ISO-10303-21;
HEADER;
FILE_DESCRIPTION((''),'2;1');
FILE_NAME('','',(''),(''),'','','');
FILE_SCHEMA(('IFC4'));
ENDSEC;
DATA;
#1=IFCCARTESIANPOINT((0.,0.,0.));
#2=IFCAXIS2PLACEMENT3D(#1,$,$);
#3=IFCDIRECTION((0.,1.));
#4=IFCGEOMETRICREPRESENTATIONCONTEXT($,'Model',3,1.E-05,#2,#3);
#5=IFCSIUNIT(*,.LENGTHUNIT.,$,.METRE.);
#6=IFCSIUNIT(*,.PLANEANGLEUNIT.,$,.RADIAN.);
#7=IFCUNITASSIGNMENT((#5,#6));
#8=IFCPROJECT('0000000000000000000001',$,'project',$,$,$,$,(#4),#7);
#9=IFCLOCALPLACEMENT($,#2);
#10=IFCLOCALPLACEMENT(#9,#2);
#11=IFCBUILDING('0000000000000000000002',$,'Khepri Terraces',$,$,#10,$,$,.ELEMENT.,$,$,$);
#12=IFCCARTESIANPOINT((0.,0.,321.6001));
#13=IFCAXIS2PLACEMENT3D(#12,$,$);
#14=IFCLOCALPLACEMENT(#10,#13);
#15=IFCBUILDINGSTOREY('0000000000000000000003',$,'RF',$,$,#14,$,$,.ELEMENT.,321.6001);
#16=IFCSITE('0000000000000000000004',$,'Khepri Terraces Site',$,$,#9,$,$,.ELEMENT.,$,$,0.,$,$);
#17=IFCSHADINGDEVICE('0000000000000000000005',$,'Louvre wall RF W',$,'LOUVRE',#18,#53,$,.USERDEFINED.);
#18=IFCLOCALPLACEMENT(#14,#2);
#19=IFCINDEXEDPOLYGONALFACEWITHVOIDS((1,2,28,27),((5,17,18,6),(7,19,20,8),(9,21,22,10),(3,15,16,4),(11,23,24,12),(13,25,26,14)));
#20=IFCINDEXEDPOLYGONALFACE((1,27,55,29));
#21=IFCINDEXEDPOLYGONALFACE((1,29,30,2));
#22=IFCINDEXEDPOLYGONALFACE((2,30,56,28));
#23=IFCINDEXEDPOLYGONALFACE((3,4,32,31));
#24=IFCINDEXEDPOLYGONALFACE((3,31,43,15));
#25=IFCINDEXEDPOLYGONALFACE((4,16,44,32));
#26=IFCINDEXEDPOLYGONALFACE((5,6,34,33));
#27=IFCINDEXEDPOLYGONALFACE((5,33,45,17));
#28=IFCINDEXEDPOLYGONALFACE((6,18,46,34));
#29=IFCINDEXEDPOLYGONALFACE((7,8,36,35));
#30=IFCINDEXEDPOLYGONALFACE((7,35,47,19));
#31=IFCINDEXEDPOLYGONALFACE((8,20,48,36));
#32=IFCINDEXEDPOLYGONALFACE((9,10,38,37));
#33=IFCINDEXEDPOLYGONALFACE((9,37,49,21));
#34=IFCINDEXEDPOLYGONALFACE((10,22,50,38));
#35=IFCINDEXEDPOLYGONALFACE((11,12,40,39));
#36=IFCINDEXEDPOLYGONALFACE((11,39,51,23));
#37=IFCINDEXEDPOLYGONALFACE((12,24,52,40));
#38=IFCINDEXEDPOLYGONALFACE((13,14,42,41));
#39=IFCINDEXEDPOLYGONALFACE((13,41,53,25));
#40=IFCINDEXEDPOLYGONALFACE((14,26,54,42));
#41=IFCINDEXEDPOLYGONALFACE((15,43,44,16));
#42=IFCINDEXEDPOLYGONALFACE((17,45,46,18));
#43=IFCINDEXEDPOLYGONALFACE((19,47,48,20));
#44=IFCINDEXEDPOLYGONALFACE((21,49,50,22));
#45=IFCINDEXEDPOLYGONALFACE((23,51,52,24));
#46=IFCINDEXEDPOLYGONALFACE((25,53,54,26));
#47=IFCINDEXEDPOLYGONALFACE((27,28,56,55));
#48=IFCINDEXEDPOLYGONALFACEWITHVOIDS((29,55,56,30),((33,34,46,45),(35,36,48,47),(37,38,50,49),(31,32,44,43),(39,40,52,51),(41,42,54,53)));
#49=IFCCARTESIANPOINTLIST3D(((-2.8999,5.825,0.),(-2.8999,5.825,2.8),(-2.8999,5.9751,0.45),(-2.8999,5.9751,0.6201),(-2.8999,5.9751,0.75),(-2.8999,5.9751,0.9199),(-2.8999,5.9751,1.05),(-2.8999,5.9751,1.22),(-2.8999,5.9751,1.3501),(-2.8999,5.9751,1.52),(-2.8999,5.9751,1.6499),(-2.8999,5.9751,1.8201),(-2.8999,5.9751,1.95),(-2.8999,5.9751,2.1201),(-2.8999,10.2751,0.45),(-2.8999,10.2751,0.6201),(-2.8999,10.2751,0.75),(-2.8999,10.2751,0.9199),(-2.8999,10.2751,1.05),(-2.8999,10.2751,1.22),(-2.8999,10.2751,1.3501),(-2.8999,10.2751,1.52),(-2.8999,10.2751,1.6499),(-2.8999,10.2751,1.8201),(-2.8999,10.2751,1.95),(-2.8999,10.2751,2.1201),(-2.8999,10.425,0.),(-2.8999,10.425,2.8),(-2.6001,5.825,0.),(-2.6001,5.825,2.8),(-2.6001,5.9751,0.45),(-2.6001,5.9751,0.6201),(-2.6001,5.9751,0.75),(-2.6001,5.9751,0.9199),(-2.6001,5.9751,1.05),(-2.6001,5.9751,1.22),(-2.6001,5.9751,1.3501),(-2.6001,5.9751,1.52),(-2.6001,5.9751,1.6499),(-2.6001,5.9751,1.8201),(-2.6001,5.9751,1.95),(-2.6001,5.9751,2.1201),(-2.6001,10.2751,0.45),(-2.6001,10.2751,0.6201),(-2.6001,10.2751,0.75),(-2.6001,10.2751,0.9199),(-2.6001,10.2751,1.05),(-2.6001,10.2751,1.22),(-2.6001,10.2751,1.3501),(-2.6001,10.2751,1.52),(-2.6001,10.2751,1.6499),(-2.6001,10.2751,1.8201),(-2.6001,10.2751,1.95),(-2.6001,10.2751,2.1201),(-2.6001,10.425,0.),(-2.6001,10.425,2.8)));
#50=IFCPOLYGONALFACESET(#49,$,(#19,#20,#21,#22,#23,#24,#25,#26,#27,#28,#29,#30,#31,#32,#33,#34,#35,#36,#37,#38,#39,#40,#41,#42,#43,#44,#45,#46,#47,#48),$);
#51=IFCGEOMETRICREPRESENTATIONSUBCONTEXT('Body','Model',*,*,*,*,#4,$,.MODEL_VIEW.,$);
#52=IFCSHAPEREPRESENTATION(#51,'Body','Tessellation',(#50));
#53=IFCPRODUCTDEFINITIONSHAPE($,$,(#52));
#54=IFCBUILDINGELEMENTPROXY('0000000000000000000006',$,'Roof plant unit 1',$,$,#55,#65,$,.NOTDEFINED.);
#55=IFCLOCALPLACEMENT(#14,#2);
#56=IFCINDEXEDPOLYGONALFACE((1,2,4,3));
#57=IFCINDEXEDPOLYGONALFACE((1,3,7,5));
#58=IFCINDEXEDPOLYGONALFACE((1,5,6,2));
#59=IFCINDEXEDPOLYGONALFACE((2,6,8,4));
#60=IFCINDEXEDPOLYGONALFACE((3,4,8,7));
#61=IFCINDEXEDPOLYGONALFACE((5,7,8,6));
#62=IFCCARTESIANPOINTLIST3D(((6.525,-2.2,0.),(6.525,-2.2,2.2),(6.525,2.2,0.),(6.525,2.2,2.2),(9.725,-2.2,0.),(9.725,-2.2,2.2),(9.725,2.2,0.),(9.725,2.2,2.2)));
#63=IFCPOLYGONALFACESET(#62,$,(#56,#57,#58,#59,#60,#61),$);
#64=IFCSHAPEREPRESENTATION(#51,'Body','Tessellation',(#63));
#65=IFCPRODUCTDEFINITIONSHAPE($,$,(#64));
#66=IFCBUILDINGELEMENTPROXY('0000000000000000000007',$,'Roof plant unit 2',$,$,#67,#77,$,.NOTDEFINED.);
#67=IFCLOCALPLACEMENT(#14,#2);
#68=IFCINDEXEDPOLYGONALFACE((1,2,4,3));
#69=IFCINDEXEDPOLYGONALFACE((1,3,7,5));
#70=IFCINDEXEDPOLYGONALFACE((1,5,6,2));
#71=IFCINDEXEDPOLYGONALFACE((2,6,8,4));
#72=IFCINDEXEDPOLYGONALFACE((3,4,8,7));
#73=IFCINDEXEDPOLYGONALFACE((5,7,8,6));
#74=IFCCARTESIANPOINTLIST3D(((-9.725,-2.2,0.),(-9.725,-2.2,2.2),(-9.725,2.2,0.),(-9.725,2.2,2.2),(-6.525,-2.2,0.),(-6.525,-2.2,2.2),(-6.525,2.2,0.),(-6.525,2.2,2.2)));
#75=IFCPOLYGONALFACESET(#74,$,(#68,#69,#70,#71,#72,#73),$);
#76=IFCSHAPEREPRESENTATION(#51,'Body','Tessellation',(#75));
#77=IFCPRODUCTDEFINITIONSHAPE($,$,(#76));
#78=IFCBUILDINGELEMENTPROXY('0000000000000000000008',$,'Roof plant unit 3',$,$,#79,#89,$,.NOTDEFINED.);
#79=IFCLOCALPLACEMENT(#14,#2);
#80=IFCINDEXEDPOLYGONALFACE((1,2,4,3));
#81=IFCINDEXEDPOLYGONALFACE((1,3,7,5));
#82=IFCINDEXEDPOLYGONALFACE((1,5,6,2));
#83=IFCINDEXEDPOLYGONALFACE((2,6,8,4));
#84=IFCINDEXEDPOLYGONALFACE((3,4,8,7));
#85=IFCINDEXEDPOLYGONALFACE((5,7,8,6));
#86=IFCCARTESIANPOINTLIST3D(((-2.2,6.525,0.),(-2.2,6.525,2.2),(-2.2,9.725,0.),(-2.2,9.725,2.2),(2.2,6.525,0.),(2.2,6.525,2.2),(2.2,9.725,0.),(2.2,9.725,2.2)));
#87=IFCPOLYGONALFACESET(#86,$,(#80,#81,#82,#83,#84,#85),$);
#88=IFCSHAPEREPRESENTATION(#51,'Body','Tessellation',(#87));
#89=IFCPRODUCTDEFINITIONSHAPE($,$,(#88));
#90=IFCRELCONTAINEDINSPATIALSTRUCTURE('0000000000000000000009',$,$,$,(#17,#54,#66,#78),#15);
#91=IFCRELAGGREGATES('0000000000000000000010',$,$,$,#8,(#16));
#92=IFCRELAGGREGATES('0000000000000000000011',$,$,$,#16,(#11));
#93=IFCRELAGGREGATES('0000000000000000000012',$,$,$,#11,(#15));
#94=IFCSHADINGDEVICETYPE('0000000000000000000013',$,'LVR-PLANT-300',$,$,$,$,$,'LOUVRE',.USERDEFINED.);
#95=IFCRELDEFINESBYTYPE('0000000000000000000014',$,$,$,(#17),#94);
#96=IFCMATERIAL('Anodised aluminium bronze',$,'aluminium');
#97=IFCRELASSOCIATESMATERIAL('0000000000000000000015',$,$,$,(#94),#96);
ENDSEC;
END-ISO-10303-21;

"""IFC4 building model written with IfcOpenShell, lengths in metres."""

from ifc_helpers import new_model, si_unit, direction, frame, origin, origin_2d, place, context, subcontext, project, spatial, polyline, rectangle, outline, extrude, material, type_object, element, save


model = new_model("IFC4")

# Units and contexts
model_context = context("Model", 3, precision=1e-05, world=origin(), true_north=direction((0.0, 1.0)))
body_context = subcontext(model_context, "Body", "Model", "MODEL_VIEW")
ifc_project = project(units=[si_unit("LENGTHUNIT", "METRE"), si_unit("PLANEANGLEUNIT", "RADIAN")], contexts=[model_context])

# Site, building, storey
site_placement = place(None, origin())
site = spatial("IfcSite", under=ifc_project, at=site_placement, Name="Khepri Terraces Site", CompositionType="ELEMENT", RefElevation=0.0)
building_placement = place(site_placement, origin())
building = spatial("IfcBuilding", under=site, at=building_placement, Name="Khepri Terraces", CompositionType="ELEMENT")
storey_placement = place(building_placement, frame((0.0, 0.0, 321.6001)))
storey = spatial("IfcBuildingStorey", under=building, at=storey_placement, Name="RF", CompositionType="ELEMENT", Elevation=321.6001)

# Shading device
ifc_material_1 = material(Name="Anodised aluminium bronze", Category="aluminium")
shading_device_type = type_object("IfcShadingDeviceType", Name="LVR-PLANT-300", ElementType="LOUVRE", PredefinedType="USERDEFINED", material=ifc_material_1)
shading_device_1_placement = place(storey_placement, frame((-2.6001, 10.425, 0.0), z_axis=(-1.0, 0.0, 0.0), x_axis=(0.0, -1.0, 0.0)))
element("IfcShadingDevice", 1, at=shading_device_1_placement, inside=storey, type_object=shading_device_type, Name="Louvre wall RF W", ObjectType="LOUVRE", PredefinedType="USERDEFINED", context=body_context, shape_type="SweptSolid", body=[
    extrude(outline(polyline([(0.0, 0.0), (4.6001, 0.0), (4.6001, 2.8), (0.0, 2.8), (0.0, 0.0)]), holes=[polyline([(0.1499, 0.45), (4.45, 0.45), (4.45, 0.6201), (0.1499, 0.6201), (0.1499, 0.45)]), polyline([(0.1499, 0.75), (4.45, 0.75), (4.45, 0.9199), (0.1499, 0.9199), (0.1499, 0.75)]), polyline([(0.1499, 1.05), (4.45, 1.05), (4.45, 1.22), (0.1499, 1.22), (0.1499, 1.05)]), polyline([(0.1499, 1.3501), (4.45, 1.3501), (4.45, 1.52), (0.1499, 1.52), (0.1499, 1.3501)]), polyline([(0.1499, 1.6499), (4.45, 1.6499), (4.45, 1.8201), (0.1499, 1.8201), (0.1499, 1.6499)]), polyline([(0.1499, 1.95), (4.45, 1.95), (4.45, 2.1201), (0.1499, 2.1201), (0.1499, 1.95)])]), origin(), (0.0, 0.0, 1.0), 0.2998),
])

# Building element proxies
for number, where, z_axis, x_axis, name in (
    (2, (8.125, 0.0, 0.0), (0.0, 0.0, 1.0), (1.0, 0.0, 0.0), "Roof plant unit 1"),
    (3, (-8.125, 0.0, 0.0), (0.0, 0.0, 1.0), (1.0, 0.0, 0.0), "Roof plant unit 2"),
):
    element("IfcBuildingElementProxy", number, at=place(storey_placement, frame(where, z_axis=z_axis, x_axis=x_axis)), inside=storey, Name=name, PredefinedType="NOTDEFINED", context=body_context, shape_type="SweptSolid", body=[
        extrude(rectangle(XDim=3.2, YDim=4.3999, at=origin_2d()), origin(), (0.0, 0.0, 1.0), 2.2),
    ])
proxy_placement = place(storey_placement, frame((0.0, 8.125, 0.0), z_axis=(0.0, 0.0, 1.0), x_axis=(1.0, 0.0, 0.0)))
element("IfcBuildingElementProxy", 4, at=proxy_placement, inside=storey, Name="Roof plant unit 3", PredefinedType="NOTDEFINED", context=body_context, shape_type="SweptSolid", body=[
    extrude(rectangle(XDim=4.3999, YDim=3.2, at=origin_2d()), origin(), (0.0, 0.0, 1.0), 2.2),
])

save(model, "model.ifc")
